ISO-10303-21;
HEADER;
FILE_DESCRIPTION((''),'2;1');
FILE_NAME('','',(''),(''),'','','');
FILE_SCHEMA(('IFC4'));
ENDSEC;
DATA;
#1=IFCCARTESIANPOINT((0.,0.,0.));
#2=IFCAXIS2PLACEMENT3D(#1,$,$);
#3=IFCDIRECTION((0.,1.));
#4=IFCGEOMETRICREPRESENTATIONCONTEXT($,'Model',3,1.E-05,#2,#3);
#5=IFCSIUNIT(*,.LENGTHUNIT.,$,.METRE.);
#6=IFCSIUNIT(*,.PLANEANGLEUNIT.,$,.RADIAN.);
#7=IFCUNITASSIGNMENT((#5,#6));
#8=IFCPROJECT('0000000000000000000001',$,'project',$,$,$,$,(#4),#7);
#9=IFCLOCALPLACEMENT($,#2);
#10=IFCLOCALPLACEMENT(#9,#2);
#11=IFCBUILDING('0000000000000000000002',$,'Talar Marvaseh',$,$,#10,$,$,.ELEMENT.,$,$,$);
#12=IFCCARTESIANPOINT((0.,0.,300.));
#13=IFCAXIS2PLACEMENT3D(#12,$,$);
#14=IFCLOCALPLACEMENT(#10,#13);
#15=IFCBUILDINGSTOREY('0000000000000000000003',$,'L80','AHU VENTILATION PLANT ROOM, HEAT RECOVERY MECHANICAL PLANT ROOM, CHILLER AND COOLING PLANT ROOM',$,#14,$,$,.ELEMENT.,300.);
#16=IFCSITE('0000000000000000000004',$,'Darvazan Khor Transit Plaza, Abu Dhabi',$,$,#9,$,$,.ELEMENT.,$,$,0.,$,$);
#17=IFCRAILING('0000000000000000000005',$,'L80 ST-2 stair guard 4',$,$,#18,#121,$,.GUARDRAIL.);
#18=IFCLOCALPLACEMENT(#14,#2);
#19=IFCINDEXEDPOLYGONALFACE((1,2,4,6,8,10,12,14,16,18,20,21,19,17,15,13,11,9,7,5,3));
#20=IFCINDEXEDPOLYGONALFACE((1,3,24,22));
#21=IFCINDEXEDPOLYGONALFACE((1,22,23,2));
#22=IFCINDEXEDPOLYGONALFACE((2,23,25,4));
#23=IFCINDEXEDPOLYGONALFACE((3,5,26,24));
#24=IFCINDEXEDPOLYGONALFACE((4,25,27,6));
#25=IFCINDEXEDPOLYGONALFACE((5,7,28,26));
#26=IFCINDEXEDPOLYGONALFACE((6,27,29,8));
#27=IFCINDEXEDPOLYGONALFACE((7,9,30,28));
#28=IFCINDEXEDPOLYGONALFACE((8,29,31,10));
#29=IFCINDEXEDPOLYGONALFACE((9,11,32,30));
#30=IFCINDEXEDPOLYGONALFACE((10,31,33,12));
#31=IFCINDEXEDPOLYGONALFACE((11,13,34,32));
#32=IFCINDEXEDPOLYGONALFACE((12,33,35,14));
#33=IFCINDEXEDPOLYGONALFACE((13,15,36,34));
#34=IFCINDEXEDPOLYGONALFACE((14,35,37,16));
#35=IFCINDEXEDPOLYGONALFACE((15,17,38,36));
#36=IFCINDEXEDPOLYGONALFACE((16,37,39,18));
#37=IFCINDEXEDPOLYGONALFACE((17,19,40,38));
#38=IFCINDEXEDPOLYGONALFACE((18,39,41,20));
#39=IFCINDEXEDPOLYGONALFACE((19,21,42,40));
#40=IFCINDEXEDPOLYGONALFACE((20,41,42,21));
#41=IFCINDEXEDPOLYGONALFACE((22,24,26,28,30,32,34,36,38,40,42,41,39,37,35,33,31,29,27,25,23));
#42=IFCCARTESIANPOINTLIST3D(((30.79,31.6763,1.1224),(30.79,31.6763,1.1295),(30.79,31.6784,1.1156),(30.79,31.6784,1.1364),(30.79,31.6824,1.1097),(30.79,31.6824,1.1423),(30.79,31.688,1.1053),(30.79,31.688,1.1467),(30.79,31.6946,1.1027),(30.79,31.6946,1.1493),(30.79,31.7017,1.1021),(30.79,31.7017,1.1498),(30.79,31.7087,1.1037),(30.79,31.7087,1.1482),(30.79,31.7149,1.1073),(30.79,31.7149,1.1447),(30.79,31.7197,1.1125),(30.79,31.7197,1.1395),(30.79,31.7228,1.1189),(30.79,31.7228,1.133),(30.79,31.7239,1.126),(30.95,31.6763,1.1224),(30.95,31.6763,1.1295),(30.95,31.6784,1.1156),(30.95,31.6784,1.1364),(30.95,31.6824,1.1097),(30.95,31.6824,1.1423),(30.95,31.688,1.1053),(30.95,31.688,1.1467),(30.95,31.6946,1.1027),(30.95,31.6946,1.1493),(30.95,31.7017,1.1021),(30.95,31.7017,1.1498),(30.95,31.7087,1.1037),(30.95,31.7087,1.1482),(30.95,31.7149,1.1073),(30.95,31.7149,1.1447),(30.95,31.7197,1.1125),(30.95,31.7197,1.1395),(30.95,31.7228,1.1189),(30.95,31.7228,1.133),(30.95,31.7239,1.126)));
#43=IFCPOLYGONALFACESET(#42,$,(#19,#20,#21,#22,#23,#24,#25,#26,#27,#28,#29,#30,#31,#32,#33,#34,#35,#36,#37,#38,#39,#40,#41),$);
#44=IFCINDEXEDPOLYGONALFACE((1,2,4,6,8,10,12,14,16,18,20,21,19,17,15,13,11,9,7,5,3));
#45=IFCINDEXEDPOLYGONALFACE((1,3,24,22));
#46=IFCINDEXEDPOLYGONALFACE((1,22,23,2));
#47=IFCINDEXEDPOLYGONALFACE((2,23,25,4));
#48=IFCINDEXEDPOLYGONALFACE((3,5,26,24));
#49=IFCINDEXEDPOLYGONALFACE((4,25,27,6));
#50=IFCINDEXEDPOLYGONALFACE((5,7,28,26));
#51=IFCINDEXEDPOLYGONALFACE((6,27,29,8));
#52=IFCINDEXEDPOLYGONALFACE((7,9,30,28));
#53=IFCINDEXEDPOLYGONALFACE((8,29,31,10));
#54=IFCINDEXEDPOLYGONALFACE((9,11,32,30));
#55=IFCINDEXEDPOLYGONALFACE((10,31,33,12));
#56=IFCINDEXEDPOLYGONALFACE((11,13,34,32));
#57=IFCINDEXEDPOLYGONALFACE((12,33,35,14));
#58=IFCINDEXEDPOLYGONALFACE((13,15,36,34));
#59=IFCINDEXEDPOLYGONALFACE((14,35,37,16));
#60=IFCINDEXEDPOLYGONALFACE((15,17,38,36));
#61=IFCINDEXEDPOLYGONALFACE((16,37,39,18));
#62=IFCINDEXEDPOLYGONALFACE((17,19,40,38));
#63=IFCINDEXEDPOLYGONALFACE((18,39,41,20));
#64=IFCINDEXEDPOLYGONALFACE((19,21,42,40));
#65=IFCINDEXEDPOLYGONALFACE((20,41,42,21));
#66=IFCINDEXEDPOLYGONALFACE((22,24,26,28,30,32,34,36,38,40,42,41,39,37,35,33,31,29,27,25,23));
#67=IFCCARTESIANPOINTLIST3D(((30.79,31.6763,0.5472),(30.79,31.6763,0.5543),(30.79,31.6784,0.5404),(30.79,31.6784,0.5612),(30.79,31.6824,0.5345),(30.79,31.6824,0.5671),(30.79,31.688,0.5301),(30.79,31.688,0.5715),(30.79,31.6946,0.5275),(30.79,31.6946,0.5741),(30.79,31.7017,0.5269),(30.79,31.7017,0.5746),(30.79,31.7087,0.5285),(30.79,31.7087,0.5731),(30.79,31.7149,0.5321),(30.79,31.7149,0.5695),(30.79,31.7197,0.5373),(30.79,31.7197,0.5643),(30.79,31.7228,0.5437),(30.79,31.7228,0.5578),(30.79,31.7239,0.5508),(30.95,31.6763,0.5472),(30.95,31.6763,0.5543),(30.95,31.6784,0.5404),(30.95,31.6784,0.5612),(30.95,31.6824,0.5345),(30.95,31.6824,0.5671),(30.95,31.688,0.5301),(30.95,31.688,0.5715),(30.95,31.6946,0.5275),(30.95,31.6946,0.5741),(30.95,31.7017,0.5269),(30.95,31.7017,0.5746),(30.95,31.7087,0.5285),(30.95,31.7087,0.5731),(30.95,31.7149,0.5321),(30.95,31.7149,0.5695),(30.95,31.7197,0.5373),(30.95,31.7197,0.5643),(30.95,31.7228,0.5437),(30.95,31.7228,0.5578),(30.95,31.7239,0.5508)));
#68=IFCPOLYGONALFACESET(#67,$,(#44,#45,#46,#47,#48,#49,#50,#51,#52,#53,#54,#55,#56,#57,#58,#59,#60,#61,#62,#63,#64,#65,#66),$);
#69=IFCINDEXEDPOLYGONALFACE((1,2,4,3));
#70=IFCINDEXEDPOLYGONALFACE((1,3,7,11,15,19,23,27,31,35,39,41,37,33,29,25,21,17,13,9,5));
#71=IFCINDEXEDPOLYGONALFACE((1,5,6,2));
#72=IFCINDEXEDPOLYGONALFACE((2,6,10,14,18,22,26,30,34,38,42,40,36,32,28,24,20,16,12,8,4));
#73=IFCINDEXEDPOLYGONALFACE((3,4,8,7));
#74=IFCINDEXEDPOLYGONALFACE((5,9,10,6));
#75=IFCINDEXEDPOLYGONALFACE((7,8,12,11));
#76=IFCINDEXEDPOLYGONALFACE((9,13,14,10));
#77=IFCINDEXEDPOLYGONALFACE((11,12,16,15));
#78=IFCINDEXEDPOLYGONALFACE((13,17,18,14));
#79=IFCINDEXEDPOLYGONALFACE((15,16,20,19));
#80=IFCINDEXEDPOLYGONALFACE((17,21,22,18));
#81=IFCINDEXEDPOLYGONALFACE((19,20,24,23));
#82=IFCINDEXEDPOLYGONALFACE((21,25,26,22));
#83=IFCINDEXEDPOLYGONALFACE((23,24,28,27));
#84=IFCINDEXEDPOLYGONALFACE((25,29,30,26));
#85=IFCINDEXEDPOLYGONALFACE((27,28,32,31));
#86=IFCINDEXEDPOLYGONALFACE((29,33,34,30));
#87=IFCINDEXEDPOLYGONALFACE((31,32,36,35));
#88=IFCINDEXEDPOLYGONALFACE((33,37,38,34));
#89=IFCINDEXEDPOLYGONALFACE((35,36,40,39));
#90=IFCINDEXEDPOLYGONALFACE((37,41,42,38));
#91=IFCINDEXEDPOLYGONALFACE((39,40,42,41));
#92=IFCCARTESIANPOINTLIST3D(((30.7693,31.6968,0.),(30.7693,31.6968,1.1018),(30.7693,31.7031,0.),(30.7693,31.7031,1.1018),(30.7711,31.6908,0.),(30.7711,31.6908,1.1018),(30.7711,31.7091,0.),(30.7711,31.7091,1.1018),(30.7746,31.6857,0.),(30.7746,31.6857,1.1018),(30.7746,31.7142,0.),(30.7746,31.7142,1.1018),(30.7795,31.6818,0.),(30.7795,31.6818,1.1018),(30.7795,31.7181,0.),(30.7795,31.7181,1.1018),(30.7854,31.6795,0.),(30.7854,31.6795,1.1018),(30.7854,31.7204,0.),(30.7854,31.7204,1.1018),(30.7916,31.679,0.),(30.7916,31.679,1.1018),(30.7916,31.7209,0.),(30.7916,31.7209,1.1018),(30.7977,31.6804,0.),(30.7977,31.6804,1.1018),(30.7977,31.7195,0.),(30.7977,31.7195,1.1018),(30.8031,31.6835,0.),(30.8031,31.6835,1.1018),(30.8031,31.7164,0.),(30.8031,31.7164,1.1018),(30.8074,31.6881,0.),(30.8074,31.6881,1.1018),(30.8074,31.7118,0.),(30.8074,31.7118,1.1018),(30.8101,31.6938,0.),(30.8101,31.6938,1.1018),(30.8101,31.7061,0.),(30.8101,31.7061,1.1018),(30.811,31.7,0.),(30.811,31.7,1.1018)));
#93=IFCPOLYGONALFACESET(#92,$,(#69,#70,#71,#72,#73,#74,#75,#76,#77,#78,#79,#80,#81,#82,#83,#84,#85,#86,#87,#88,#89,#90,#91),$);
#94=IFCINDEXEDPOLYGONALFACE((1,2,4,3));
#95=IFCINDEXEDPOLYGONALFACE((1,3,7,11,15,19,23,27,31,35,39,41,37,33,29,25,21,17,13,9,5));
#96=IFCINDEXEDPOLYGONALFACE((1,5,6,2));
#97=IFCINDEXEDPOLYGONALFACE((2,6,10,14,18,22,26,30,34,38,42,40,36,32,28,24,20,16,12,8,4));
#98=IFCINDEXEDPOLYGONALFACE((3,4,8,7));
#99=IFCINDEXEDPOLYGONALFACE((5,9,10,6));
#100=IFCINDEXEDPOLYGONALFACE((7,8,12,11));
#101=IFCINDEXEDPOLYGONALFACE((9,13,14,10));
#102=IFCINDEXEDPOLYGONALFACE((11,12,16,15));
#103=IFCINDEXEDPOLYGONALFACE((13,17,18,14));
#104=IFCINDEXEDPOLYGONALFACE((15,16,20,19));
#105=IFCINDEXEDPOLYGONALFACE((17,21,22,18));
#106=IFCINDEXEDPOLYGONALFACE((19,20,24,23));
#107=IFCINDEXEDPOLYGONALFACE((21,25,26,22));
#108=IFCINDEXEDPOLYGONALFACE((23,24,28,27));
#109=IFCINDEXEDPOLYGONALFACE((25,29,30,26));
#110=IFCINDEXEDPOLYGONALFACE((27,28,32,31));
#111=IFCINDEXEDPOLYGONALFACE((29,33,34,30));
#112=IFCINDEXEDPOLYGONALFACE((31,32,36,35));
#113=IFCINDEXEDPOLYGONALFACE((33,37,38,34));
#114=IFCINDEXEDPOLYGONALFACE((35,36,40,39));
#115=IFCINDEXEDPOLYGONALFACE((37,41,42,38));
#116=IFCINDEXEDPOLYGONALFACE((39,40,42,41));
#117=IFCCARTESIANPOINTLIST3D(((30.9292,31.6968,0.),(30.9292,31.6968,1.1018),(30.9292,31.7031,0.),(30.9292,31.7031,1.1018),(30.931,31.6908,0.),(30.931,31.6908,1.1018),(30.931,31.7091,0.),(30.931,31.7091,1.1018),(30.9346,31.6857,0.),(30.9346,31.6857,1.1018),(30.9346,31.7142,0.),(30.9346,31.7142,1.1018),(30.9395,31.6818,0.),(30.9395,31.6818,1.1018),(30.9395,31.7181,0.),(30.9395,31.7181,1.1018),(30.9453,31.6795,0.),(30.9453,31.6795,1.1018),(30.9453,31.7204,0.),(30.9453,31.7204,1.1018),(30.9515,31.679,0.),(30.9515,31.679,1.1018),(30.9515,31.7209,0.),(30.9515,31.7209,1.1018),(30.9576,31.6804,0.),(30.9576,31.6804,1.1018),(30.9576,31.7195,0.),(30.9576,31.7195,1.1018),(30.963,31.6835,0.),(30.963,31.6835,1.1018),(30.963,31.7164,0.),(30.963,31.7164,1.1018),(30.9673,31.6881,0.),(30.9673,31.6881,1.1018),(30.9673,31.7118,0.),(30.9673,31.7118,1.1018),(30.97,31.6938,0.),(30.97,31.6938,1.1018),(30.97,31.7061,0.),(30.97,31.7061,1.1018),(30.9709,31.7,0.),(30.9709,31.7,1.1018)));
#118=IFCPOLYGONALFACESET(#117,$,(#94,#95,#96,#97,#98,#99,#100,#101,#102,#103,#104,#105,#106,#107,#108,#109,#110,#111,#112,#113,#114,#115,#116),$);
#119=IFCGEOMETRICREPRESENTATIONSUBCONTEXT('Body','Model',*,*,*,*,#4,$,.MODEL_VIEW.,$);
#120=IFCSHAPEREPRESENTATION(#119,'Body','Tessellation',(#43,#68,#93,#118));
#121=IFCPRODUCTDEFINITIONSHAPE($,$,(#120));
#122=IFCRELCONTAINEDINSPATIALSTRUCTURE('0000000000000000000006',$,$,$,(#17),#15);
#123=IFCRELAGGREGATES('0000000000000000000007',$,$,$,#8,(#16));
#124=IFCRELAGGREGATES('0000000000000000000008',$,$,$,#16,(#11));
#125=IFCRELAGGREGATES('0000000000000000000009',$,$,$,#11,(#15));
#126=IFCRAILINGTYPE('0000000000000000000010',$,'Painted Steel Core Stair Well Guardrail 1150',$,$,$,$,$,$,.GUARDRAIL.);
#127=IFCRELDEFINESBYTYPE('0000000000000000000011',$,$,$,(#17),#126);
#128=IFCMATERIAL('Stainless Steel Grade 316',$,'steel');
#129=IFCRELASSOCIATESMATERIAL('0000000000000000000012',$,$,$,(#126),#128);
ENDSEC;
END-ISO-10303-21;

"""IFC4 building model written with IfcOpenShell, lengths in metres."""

from ifc_helpers import new_model, si_unit, direction, frame, origin, origin_2d, place, context, subcontext, project, spatial, circle, extrude, material, type_object, element, save


model = new_model("IFC4")

# Units and contexts
model_context = context("Model", 3, precision=1e-05, world=origin(), true_north=direction((0.0, 1.0)))
body_context = subcontext(model_context, "Body", "Model", "MODEL_VIEW")
ifc_project = project(units=[si_unit("LENGTHUNIT", "METRE"), si_unit("PLANEANGLEUNIT", "RADIAN")], contexts=[model_context])

# Site, building, storey
site_placement = place(None, origin())
site = spatial("IfcSite", under=ifc_project, at=site_placement, Name="Darvazan Khor Transit Plaza, Abu Dhabi", CompositionType="ELEMENT", RefElevation=0.0)
building_placement = place(site_placement, origin())
building = spatial("IfcBuilding", under=site, at=building_placement, Name="Talar Marvaseh", CompositionType="ELEMENT")
storey_placement = place(building_placement, frame((0.0, 0.0, 300.0)))
storey = spatial("IfcBuildingStorey", under=building, at=storey_placement, Name="L80", Description="AHU VENTILATION PLANT ROOM, HEAT RECOVERY MECHANICAL PLANT ROOM, CHILLER AND COOLING PLANT ROOM", CompositionType="ELEMENT", Elevation=300.0)

# Railing
ifc_material_1 = material(Name="Stainless Steel Grade 316", Category="steel")
railing_type_1 = type_object("IfcRailingType", Name="Painted Steel Core Stair Well Guardrail 1150", PredefinedType="GUARDRAIL", material=ifc_material_1)
railing_1_placement = place(storey_placement, frame((30.79, 31.7, 0.0)))
element("IfcRailing", 1, at=railing_1_placement, inside=storey, type_object=railing_type_1, Name="L80 ST-2 stair guard 4", PredefinedType="GUARDRAIL", context=body_context, shape_type="SweptSolid", body=[
    extrude(circle(Radius=0.0239, at=origin_2d()), frame((0.0, 0.0, 1.126), z_axis=(1.0, 0.0, 0.0), x_axis=(0.0, 1.0, 0.0)), (0.0, 0.0, 1.0), 0.1599),
    extrude(circle(Radius=0.0239, at=origin_2d()), frame((0.0, 0.0, 0.5508), z_axis=(1.0, 0.0, 0.0), x_axis=(0.0, 1.0, 0.0)), (0.0, 0.0, 1.0), 0.1599),
    extrude(circle(Radius=0.021, at=origin_2d()), origin(), (0.0, 0.0, 1.0), 1.1018),
    extrude(circle(Radius=0.021, at=origin_2d()), frame((0.1599, 0.0, 0.0)), (0.0, 0.0, 1.0), 1.1018),
])

save(model, "model.ifc")
